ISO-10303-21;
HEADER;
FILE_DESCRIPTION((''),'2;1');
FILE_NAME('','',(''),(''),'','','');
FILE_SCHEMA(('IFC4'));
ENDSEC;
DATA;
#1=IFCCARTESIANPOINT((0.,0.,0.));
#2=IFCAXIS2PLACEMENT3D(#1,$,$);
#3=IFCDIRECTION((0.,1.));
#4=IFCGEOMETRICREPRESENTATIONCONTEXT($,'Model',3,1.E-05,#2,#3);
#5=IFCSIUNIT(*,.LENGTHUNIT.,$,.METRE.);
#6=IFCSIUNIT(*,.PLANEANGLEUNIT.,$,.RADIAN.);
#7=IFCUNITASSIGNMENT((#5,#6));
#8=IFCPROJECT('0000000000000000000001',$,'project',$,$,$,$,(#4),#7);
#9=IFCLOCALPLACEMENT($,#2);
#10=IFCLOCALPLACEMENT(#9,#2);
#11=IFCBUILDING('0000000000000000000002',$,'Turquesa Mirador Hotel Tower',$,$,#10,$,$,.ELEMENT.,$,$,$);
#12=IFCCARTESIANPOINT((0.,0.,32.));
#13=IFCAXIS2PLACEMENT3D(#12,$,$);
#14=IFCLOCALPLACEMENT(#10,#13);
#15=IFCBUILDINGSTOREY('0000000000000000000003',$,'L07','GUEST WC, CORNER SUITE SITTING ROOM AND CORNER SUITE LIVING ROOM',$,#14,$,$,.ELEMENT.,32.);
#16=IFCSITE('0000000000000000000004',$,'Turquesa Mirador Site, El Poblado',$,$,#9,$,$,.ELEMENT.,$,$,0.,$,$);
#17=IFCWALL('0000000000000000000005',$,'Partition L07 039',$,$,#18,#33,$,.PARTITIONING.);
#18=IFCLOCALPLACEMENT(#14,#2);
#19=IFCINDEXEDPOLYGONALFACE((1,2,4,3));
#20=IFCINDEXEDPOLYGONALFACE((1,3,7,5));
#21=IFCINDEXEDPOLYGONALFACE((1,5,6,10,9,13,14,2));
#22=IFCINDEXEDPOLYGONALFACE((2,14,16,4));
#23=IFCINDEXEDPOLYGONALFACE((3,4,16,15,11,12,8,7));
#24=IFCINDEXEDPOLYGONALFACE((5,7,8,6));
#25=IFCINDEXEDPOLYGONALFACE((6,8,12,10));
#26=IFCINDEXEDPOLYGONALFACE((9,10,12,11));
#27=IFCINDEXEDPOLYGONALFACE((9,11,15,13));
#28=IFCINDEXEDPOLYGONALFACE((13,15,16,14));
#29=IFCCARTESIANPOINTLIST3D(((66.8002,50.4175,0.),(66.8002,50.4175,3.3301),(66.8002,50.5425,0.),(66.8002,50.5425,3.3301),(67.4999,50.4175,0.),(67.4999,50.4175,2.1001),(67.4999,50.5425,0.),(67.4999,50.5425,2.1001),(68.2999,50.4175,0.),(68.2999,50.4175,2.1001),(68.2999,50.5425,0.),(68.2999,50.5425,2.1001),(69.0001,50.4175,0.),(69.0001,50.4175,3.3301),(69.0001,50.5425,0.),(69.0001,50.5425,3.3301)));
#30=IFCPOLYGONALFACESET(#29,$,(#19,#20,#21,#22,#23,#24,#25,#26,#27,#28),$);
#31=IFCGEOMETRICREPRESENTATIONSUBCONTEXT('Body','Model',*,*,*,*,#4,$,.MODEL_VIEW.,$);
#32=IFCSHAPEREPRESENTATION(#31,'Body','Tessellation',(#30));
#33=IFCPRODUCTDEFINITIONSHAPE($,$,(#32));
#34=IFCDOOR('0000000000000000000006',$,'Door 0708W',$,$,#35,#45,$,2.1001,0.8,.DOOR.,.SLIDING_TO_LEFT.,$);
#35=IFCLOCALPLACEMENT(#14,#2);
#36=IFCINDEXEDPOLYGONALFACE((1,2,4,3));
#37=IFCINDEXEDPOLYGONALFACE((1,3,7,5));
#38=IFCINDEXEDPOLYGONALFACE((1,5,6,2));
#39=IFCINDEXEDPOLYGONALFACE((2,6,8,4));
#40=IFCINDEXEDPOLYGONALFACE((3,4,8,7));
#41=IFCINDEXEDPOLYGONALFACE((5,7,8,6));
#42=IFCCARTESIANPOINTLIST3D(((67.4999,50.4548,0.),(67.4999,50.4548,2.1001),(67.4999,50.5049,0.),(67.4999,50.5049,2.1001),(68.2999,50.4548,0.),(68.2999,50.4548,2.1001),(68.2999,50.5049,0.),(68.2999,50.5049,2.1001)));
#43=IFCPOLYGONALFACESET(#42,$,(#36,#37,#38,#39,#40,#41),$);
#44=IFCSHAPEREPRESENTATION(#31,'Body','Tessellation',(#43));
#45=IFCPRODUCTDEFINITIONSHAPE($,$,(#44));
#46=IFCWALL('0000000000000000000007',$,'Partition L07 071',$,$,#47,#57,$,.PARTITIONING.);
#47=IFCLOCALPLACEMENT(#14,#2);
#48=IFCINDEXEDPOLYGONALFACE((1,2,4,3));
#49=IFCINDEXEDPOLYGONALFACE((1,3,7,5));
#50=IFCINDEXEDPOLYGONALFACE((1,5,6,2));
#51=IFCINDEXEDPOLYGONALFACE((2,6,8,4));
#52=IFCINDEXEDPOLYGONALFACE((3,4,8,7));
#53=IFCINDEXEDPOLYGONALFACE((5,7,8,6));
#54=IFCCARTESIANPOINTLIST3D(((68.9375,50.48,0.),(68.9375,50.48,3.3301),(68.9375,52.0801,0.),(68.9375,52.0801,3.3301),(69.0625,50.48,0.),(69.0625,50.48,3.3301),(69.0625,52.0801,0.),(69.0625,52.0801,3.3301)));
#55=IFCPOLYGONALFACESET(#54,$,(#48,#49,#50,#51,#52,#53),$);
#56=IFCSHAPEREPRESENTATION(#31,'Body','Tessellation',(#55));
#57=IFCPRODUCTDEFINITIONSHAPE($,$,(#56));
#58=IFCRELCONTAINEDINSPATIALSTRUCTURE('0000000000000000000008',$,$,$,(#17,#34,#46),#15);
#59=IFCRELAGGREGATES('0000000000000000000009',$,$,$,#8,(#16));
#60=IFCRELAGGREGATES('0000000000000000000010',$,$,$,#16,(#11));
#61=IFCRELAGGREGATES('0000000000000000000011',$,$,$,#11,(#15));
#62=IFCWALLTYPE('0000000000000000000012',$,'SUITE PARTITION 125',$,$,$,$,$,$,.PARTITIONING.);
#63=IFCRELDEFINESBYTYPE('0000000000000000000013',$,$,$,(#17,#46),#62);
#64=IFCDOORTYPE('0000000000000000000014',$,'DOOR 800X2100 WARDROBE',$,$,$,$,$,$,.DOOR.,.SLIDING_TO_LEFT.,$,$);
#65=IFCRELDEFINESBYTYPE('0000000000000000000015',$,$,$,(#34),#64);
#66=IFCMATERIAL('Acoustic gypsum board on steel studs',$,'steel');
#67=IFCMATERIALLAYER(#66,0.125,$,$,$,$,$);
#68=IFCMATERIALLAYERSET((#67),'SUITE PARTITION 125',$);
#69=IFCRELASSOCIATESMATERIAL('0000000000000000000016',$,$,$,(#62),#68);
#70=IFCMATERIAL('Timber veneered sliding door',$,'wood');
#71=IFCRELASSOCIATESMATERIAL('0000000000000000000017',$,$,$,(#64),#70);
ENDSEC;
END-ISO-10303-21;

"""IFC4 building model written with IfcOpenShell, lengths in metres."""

from ifc_helpers import new_model, si_unit, direction, frame, frame_2d, origin, place, context, subcontext, project, spatial, rectangle, extrude, material, layer, layer_set, type_object, element, fill, save


model = new_model("IFC4")

# Units and contexts
model_context = context("Model", 3, precision=1e-05, world=origin(), true_north=direction((0.0, 1.0)))
body_context = subcontext(model_context, "Body", "Model", "MODEL_VIEW")
ifc_project = project(units=[si_unit("LENGTHUNIT", "METRE"), si_unit("PLANEANGLEUNIT", "RADIAN")], contexts=[model_context])

# Site, building, storey
site_placement = place(None, origin())
site = spatial("IfcSite", under=ifc_project, at=site_placement, Name="Turquesa Mirador Site, El Poblado", CompositionType="ELEMENT", RefElevation=0.0)
building_placement = place(site_placement, origin())
building = spatial("IfcBuilding", under=site, at=building_placement, Name="Turquesa Mirador Hotel Tower", CompositionType="ELEMENT")
storey_placement = place(building_placement, frame((0.0, 0.0, 32.0)))
storey = spatial("IfcBuildingStorey", under=building, at=storey_placement, Name="L07", Description="GUEST WC, CORNER SUITE SITTING ROOM AND CORNER SUITE LIVING ROOM", CompositionType="ELEMENT", Elevation=32.0)

# Shared definitions
ifc_material_1 = material(Name="Acoustic gypsum board on steel studs", Category="steel")
ifc_layer_1 = layer(ifc_material_1, 0.125)
ifc_layer_set_1 = layer_set([ifc_layer_1], Name="SUITE PARTITION 125")
wall_type_1 = type_object("IfcWallType", Name="SUITE PARTITION 125", PredefinedType="PARTITIONING", material=ifc_layer_set_1)

# Wall, opening, door
wall_1_placement = place(storey_placement, frame((66.8, 50.48, 0.0), z_axis=(0.0, 0.0, 1.0), x_axis=(1.0, 0.0, 0.0)))
wall_1 = element("IfcWall", 1, at=wall_1_placement, inside=storey, type_object=wall_type_1, Name="Partition L07 039", PredefinedType="PARTITIONING", context=body_context, shape_type="SweptSolid", body=[
    extrude(rectangle(XDim=2.2, YDim=0.125, at=frame_2d((1.1001, 0.0))), origin(), (0.0, 0.0, 1.0), 3.3301),
])
opening_1_placement = place(wall_1_placement, frame((0.7, 0.0, 0.0)))
opening_1 = element("IfcOpeningElement", 2, at=opening_1_placement, cuts=wall_1, PredefinedType="OPENING", context=body_context, shape_type="SweptSolid", body=[
    extrude(rectangle(XDim=0.8, YDim=2.1001, at=frame_2d((0.3999, 1.05))), frame((0.0, 0.0725, 0.0), z_axis=(0.0, -1.0, 0.0), x_axis=(1.0, 0.0, 0.0)), (0.0, 0.0, 1.0), 0.145),
])
ifc_material_2 = material(Name="Timber veneered sliding door", Category="wood")
door_type_1 = type_object("IfcDoorType", Name="DOOR 800X2100 WARDROBE", OperationType="SLIDING_TO_LEFT", PredefinedType="DOOR", material=ifc_material_2)
door_1_placement = place(opening_1_placement, origin())
door_1 = element("IfcDoor", 3, at=door_1_placement, inside=storey, type_object=door_type_1, Name="Door 0708W", OperationType="SLIDING_TO_LEFT", OverallHeight=2.1001, OverallWidth=0.8, PredefinedType="DOOR", context=body_context, shape_type="SweptSolid", body=[
    extrude(rectangle(XDim=0.8, YDim=2.1001, at=frame_2d((0.3999, 1.05))), frame((0.0, 0.0249, 0.0), z_axis=(0.0, -1.0, 0.0), x_axis=(1.0, 0.0, 0.0)), (0.0, 0.0, 1.0), 0.05),
])
fill(opening_1, door_1)

# Wall
wall_2_placement = place(storey_placement, frame((69.0, 50.48, 0.0), z_axis=(0.0, 0.0, 1.0), x_axis=(0.0, 1.0, 0.0)))
element("IfcWall", 4, at=wall_2_placement, inside=storey, type_object=wall_type_1, Name="Partition L07 071", PredefinedType="PARTITIONING", context=body_context, shape_type="SweptSolid", body=[
    extrude(rectangle(XDim=1.6001, YDim=0.125, at=frame_2d((0.8, 0.0))), origin(), (0.0, 0.0, 1.0), 3.3301),
])

save(model, "model.ifc")
